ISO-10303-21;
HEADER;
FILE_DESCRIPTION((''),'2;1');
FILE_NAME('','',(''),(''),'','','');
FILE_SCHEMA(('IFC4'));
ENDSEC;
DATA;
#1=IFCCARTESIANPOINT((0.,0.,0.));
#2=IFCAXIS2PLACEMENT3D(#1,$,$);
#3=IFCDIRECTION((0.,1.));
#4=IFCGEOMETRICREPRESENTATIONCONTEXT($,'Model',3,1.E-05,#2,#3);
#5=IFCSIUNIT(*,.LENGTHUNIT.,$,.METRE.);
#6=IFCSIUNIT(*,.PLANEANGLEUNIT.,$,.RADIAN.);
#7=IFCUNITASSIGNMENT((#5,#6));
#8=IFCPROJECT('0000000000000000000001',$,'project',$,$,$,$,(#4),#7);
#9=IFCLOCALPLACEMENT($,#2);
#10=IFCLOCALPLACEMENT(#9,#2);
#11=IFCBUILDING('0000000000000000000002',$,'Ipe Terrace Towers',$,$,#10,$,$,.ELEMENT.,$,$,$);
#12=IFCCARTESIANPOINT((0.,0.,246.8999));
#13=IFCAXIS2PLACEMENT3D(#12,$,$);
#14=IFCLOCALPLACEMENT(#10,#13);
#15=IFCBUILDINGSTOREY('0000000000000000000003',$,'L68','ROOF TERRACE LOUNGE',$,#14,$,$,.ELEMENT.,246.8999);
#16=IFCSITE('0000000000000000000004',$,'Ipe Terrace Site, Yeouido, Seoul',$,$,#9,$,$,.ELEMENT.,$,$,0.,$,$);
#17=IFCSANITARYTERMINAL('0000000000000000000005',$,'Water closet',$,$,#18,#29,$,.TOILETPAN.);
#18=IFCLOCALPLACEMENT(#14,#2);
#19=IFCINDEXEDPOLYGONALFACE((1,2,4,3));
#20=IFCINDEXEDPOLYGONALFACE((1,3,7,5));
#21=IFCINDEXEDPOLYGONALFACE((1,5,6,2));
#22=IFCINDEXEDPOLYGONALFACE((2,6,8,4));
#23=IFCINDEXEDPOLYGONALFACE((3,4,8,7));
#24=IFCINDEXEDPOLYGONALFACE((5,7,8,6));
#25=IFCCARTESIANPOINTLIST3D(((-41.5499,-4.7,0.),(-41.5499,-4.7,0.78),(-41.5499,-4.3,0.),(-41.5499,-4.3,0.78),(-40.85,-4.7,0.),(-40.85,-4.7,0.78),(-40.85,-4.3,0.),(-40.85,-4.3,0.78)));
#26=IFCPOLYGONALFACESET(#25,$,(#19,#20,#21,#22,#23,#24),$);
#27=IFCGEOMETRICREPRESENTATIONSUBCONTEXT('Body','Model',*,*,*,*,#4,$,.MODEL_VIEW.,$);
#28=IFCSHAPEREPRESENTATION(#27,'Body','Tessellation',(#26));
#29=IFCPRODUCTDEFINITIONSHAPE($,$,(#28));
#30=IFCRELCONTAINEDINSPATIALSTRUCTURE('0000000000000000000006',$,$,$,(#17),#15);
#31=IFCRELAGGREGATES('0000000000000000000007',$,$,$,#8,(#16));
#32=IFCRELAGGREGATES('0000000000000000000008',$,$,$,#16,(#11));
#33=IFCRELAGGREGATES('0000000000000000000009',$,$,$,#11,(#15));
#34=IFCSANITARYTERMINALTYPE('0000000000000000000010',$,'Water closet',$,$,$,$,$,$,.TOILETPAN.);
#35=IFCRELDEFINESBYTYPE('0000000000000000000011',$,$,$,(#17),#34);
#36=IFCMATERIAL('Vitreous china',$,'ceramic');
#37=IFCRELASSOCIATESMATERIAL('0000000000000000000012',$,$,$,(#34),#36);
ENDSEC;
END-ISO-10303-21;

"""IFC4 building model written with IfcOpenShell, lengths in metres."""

from ifc_helpers import new_model, si_unit, direction, frame, origin, origin_2d, place, context, subcontext, project, spatial, rectangle, extrude, material, type_object, element, save


model = new_model("IFC4")

# Units and contexts
model_context = context("Model", 3, precision=1e-05, world=origin(), true_north=direction((0.0, 1.0)))
body_context = subcontext(model_context, "Body", "Model", "MODEL_VIEW")
ifc_project = project(units=[si_unit("LENGTHUNIT", "METRE"), si_unit("PLANEANGLEUNIT", "RADIAN")], contexts=[model_context])

# Site, building, storey
site_placement = place(None, origin())
site = spatial("IfcSite", under=ifc_project, at=site_placement, Name="Ipe Terrace Site, Yeouido, Seoul", CompositionType="ELEMENT", RefElevation=0.0)
building_placement = place(site_placement, origin())
building = spatial("IfcBuilding", under=site, at=building_placement, Name="Ipe Terrace Towers", CompositionType="ELEMENT")
storey_placement = place(building_placement, frame((0.0, 0.0, 246.8999)))
storey = spatial("IfcBuildingStorey", under=building, at=storey_placement, Name="L68", Description="ROOF TERRACE LOUNGE", CompositionType="ELEMENT", Elevation=246.8999)

# Sanitary terminal
ifc_material_1 = material(Name="Vitreous china", Category="ceramic")
sanitary_terminal_type_1 = type_object("IfcSanitaryTerminalType", Name="Water closet", PredefinedType="TOILETPAN", material=ifc_material_1)
for number, where, z_axis, x_axis, name in (
    (1, (-41.2, -4.5, 0.0), (0.0, 0.0, 1.0), (1.0, 0.0, 0.0), "Water closet"),
):
    element("IfcSanitaryTerminal", number, at=place(storey_placement, frame(where, z_axis=z_axis, x_axis=x_axis)), inside=storey, type_object=sanitary_terminal_type_1, Name=name, PredefinedType="TOILETPAN", context=body_context, shape_type="SweptSolid", body=[
        extrude(rectangle(XDim=0.7, YDim=0.3999, at=origin_2d()), origin(), (0.0, 0.0, 1.0), 0.78),
    ])

save(model, "model.ifc")
